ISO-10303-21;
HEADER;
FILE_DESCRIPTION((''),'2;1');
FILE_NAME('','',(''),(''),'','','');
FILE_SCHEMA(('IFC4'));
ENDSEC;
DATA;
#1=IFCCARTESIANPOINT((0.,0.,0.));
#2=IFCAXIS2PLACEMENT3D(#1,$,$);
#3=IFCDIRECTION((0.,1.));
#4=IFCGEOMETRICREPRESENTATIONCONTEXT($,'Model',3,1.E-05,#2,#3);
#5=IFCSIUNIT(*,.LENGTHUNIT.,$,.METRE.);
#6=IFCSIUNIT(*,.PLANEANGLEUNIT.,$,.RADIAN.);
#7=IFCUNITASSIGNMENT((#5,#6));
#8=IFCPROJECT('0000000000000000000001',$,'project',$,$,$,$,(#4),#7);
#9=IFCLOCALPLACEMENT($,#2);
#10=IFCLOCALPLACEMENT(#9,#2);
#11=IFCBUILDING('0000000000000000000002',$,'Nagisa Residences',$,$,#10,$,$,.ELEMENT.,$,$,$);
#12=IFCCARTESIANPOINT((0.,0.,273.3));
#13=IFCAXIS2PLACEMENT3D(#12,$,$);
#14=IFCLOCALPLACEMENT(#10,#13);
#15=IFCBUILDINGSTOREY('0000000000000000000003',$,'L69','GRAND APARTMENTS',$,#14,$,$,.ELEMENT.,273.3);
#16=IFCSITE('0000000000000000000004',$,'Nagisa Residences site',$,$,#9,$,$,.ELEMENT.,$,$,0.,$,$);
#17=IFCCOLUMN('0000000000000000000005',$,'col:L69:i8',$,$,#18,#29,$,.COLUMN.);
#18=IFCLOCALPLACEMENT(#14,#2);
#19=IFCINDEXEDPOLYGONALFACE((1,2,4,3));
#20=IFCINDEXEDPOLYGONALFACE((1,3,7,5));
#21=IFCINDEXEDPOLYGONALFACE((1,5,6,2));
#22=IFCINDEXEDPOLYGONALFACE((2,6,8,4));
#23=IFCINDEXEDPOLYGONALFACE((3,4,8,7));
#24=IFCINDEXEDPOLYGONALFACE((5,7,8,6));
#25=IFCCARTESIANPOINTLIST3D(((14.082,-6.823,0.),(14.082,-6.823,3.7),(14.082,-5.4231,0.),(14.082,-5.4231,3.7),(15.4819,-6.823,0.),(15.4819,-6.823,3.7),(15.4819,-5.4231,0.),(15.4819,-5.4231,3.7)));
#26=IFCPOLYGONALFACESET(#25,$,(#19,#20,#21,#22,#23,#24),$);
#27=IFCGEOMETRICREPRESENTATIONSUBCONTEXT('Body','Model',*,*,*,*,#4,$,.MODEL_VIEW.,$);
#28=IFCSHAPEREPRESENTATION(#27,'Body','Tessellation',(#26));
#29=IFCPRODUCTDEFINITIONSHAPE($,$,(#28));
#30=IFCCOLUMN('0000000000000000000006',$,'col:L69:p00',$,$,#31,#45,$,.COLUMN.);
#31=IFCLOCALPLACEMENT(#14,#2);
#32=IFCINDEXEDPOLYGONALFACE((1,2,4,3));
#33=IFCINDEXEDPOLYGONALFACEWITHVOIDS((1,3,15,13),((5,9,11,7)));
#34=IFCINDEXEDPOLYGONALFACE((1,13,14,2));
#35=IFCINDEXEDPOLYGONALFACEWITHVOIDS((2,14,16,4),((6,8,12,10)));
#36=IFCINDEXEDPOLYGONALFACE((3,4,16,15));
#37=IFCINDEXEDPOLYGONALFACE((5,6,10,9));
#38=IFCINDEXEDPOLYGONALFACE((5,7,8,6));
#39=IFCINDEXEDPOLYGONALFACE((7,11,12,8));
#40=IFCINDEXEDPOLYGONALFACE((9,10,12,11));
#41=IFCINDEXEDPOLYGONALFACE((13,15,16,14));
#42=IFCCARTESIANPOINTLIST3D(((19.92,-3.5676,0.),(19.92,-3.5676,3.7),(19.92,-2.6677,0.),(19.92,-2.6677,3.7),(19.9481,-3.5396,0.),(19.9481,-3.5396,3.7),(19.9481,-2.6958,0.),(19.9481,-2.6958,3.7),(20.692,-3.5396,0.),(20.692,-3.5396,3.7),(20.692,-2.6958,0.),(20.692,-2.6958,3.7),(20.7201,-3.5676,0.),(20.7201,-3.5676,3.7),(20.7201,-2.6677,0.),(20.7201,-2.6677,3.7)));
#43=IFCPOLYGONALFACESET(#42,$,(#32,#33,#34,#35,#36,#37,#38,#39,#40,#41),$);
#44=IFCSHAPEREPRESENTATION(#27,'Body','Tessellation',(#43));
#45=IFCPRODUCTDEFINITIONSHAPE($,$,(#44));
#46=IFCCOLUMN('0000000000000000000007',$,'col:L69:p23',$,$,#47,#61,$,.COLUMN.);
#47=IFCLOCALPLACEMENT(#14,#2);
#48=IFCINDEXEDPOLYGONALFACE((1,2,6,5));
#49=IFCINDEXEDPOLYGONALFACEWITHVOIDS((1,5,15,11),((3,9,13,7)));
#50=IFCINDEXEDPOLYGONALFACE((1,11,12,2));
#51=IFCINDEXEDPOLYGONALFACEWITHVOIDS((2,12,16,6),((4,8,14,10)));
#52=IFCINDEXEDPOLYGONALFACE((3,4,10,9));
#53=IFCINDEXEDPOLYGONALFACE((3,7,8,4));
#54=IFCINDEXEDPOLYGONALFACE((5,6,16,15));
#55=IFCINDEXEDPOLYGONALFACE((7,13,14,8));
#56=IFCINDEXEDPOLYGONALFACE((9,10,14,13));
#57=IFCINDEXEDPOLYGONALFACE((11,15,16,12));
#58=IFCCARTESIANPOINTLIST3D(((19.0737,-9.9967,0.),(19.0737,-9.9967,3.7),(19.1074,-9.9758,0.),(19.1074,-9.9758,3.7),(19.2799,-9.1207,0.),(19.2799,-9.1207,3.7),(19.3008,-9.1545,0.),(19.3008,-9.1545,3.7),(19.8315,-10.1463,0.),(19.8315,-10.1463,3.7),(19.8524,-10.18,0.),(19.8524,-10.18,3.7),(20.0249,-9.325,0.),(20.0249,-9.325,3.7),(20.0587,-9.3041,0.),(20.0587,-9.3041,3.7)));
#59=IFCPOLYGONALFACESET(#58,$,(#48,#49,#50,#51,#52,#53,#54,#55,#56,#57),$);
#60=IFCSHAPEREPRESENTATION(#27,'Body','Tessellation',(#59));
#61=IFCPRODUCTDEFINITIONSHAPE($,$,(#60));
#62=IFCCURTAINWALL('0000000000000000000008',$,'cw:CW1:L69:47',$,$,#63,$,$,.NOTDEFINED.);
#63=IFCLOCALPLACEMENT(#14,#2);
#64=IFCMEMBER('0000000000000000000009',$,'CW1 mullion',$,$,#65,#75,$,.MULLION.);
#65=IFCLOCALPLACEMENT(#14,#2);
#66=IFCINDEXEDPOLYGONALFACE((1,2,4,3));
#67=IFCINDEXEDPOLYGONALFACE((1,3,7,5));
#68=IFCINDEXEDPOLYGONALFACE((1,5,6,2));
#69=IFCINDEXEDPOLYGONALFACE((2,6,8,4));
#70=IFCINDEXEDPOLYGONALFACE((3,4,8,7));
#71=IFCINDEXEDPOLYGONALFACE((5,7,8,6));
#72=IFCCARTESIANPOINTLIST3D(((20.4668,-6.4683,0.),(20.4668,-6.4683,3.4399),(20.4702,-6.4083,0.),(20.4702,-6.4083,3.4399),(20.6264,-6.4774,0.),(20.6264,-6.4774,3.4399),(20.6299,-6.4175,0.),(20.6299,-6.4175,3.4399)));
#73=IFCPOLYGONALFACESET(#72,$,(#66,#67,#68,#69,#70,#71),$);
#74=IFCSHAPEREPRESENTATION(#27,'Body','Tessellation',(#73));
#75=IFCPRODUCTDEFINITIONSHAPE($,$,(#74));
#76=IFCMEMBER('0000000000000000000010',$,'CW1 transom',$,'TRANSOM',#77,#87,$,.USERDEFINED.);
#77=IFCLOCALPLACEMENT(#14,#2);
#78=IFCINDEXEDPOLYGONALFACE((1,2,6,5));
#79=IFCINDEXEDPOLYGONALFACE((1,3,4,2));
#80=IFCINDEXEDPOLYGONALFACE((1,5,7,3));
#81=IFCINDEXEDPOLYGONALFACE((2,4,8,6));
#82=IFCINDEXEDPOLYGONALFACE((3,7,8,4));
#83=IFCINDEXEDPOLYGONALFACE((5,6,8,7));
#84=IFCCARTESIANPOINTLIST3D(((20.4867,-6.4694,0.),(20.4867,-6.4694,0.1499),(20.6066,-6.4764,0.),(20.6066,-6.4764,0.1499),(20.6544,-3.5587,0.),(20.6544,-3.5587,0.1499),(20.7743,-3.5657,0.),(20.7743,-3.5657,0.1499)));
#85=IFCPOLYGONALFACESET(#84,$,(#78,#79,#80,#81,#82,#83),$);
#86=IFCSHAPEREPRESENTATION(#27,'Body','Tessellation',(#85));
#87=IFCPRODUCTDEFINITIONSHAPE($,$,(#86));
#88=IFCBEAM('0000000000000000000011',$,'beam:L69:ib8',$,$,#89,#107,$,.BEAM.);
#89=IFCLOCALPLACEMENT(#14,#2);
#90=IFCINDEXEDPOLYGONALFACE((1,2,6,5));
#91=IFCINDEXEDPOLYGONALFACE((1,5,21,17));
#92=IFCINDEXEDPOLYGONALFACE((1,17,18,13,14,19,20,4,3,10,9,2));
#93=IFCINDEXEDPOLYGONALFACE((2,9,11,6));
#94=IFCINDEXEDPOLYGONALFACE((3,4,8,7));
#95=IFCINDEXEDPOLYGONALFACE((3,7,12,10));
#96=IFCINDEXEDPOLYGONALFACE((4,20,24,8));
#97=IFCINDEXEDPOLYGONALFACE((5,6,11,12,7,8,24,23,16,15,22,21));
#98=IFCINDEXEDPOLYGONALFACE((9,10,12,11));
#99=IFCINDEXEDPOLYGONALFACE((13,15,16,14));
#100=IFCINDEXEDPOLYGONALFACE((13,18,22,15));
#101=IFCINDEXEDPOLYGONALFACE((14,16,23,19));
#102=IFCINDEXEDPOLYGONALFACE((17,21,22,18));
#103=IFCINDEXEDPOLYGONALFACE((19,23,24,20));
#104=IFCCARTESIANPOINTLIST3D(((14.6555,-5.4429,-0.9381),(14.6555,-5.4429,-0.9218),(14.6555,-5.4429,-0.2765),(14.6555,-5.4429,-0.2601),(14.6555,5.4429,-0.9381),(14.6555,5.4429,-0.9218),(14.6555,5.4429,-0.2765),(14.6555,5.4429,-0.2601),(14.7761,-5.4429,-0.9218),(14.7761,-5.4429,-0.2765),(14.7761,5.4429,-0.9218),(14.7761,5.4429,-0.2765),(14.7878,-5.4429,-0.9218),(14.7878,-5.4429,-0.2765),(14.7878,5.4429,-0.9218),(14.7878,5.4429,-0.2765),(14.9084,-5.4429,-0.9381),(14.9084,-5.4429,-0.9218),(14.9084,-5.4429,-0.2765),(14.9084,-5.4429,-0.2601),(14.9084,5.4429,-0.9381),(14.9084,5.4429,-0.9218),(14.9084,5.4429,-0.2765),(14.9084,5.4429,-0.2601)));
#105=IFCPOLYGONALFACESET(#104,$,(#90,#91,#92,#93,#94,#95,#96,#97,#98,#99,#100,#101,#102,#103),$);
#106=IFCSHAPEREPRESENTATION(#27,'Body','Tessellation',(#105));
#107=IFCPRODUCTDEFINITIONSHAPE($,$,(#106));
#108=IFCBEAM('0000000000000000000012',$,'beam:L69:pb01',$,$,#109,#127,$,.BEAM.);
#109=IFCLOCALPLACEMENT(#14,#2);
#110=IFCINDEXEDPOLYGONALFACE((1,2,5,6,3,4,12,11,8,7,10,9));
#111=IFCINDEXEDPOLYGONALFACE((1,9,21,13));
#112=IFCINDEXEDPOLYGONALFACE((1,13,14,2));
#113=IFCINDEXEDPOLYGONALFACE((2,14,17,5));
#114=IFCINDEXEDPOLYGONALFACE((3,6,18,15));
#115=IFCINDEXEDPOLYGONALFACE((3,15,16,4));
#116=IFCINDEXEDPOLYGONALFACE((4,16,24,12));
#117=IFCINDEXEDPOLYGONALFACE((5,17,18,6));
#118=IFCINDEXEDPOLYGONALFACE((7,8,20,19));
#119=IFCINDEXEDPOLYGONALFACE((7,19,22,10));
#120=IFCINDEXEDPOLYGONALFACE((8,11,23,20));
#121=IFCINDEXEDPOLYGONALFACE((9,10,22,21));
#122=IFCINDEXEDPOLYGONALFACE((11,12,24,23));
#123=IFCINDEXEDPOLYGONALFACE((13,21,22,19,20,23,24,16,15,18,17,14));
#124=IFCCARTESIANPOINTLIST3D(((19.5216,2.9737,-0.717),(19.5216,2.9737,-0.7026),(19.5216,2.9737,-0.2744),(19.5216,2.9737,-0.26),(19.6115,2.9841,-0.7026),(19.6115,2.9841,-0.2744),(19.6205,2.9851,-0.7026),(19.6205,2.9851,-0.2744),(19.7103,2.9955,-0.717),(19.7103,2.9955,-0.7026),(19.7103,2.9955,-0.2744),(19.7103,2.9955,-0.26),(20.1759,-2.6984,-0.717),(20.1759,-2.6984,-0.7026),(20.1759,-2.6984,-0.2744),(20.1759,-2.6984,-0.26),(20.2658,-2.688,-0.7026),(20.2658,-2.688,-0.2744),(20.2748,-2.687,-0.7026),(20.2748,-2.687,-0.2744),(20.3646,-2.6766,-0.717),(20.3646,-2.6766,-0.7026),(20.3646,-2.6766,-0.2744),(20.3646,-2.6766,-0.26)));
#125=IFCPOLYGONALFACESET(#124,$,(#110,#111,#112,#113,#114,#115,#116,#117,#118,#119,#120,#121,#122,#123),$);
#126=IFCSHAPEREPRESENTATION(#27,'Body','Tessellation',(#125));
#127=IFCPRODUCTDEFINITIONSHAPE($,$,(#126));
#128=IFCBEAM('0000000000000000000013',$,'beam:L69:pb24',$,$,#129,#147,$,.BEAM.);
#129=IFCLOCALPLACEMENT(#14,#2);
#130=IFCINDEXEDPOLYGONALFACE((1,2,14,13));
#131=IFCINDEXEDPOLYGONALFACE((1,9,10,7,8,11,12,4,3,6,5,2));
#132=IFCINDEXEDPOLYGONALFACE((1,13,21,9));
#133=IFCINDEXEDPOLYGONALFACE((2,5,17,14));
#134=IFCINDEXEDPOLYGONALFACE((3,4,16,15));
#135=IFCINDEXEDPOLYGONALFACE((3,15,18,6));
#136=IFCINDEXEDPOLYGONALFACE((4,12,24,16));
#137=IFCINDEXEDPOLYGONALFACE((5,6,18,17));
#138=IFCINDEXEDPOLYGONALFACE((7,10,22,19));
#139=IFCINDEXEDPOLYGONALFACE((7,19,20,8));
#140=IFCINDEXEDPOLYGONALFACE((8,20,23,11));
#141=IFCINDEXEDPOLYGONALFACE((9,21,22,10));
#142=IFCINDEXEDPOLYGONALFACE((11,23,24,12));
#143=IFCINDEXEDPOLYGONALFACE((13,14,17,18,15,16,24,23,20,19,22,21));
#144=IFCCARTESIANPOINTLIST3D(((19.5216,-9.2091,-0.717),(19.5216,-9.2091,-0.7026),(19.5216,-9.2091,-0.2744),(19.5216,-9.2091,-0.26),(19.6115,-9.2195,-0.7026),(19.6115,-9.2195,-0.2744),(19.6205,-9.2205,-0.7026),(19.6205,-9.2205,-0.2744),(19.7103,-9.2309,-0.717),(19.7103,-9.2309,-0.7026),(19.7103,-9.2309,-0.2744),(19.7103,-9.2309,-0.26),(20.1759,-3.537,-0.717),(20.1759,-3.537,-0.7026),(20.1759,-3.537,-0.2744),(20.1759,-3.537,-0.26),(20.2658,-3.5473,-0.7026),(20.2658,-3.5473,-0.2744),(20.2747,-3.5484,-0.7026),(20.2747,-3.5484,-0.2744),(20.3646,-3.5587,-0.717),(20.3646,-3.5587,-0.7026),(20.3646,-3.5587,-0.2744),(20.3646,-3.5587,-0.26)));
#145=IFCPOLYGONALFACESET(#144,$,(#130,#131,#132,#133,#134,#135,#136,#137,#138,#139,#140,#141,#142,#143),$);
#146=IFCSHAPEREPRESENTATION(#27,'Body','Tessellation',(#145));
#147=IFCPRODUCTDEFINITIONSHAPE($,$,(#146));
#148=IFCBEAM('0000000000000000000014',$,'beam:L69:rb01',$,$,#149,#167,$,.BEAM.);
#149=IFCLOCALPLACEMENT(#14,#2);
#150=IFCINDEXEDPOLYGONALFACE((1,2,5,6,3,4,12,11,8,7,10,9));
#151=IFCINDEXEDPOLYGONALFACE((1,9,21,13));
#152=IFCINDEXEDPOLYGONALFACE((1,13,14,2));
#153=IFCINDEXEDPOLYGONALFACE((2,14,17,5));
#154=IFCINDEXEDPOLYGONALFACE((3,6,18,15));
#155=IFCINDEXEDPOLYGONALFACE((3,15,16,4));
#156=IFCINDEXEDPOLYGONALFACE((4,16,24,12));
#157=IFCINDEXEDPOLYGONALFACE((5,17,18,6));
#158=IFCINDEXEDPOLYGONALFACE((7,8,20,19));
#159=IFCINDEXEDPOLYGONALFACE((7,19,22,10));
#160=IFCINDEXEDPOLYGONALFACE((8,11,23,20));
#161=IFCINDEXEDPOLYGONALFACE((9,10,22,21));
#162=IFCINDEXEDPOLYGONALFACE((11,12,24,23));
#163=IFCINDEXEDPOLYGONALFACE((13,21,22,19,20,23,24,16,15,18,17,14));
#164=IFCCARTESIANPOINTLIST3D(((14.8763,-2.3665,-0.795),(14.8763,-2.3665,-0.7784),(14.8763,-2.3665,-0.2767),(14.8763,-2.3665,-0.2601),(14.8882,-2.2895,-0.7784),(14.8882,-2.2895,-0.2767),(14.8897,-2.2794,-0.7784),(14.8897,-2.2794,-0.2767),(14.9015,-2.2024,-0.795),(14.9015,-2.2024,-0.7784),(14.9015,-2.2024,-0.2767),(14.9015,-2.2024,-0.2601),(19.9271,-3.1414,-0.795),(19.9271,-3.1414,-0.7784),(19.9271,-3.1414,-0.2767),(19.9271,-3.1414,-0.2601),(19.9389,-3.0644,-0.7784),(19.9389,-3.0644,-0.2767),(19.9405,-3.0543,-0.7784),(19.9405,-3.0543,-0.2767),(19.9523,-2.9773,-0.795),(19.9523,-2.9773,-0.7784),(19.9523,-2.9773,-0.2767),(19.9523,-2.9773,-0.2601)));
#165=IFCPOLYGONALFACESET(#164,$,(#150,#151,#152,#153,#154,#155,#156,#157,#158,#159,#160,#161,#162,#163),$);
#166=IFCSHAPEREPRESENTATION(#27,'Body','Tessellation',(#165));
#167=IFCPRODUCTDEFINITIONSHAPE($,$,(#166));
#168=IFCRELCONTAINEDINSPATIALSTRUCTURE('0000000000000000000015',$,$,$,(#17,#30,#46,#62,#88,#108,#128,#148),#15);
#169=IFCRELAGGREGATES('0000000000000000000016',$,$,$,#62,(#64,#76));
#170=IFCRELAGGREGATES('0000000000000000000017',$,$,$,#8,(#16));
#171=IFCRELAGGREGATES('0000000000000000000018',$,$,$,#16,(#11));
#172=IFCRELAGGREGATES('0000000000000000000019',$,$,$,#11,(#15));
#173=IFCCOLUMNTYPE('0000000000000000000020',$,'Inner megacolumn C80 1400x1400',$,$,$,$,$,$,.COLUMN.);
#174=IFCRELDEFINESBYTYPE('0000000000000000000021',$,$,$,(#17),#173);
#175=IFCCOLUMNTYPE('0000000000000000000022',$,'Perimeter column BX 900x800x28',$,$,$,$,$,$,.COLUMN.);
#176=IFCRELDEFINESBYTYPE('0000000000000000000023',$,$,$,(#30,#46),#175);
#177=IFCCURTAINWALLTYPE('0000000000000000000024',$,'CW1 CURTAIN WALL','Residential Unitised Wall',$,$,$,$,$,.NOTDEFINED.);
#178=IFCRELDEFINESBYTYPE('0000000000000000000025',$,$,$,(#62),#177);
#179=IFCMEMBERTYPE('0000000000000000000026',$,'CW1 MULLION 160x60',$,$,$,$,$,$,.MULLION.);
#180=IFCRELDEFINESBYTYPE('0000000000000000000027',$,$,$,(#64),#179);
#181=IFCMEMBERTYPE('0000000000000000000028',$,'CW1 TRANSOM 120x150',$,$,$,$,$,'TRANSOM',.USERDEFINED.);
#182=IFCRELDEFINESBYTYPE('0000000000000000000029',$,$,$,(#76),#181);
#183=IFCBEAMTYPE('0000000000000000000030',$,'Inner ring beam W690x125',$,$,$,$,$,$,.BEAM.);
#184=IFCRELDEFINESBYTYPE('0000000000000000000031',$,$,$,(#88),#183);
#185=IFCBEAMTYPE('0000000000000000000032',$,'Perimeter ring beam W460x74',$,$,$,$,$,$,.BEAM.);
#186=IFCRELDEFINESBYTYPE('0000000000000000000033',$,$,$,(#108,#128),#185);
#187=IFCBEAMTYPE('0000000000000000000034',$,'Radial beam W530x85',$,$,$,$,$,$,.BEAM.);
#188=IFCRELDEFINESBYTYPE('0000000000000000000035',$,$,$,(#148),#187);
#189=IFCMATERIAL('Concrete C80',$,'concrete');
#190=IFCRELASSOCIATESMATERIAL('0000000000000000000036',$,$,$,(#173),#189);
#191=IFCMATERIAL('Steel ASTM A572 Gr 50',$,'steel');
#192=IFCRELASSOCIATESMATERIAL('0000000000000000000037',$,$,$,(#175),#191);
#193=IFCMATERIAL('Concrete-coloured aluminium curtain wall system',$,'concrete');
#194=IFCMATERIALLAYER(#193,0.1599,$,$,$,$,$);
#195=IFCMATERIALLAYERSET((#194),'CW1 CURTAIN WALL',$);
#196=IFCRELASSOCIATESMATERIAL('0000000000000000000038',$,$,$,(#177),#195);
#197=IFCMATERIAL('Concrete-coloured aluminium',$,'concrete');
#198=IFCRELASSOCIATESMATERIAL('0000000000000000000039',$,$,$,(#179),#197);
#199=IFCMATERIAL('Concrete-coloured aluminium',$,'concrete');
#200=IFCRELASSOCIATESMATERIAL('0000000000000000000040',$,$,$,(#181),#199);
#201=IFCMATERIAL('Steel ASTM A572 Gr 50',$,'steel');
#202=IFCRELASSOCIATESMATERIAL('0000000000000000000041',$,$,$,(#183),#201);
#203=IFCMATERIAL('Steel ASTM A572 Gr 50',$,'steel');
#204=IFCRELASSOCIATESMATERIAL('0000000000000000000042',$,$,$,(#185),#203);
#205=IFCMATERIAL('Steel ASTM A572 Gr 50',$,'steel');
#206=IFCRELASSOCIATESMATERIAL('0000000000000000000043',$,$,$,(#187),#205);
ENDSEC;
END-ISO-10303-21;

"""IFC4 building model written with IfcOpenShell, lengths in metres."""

from ifc_helpers import new_model, si_unit, direction, frame, origin, origin_2d, place, context, subcontext, project, spatial, rectangle, hollow_rectangle, i_section, extrude, material, layer, layer_set, material_profile, profile_set, type_object, element, aggregate, save


model = new_model("IFC4")

# Units and contexts
model_context = context("Model", 3, precision=1e-05, world=origin(), true_north=direction((0.0, 1.0)))
body_context = subcontext(model_context, "Body", "Model", "MODEL_VIEW")
ifc_project = project(units=[si_unit("LENGTHUNIT", "METRE"), si_unit("PLANEANGLEUNIT", "RADIAN")], contexts=[model_context])

# Site, building, storey
site_placement = place(None, origin())
site = spatial("IfcSite", under=ifc_project, at=site_placement, Name="Nagisa Residences site", CompositionType="ELEMENT", RefElevation=0.0)
building_placement = place(site_placement, origin())
building = spatial("IfcBuilding", under=site, at=building_placement, Name="Nagisa Residences", CompositionType="ELEMENT")
storey_placement = place(building_placement, frame((0.0, 0.0, 273.3)))
storey = spatial("IfcBuildingStorey", under=building, at=storey_placement, Name="L69", Description="GRAND APARTMENTS", CompositionType="ELEMENT", Elevation=273.3)

# Columns
ifc_material_1 = material(Name="Concrete C80", Category="concrete")
ifc_material_profile_1 = material_profile(ifc_material_1, rectangle(XDim=1.3999, YDim=1.3999, at=origin_2d()), Name="C80 1400x1400")
ifc_profile_set_1 = profile_set([ifc_material_profile_1], Name="Concrete C80")
column_type_1 = type_object("IfcColumnType", Name="Inner megacolumn C80 1400x1400", PredefinedType="COLUMN", material=ifc_profile_set_1)
column_placement = place(storey_placement, frame((14.782, -6.123, 0.0), z_axis=(0.0, 0.0, 1.0), x_axis=(1.0, 0.0, 0.0)))
element("IfcColumn", 1, at=column_placement, inside=storey, type_object=column_type_1, Name="col:L69:i8", PredefinedType="COLUMN", context=body_context, shape_type="SweptSolid", body=[
    extrude(rectangle(XDim=1.3999, YDim=1.3999, at=origin_2d()), origin(), (0.0, 0.0, 1.0), 3.7),
])
ifc_material_2 = material(Name="Steel ASTM A572 Gr 50", Category="steel")
ifc_material_profile_2 = material_profile(ifc_material_2, hollow_rectangle(XDim=0.8999, YDim=0.8, WallThickness=0.0281, at=origin_2d()), Name="BX 900x800x28")
ifc_profile_set_2 = profile_set([ifc_material_profile_2], Name="Steel ASTM A572 Gr 50")
column_type_2 = type_object("IfcColumnType", Name="Perimeter column BX 900x800x28", PredefinedType="COLUMN", material=ifc_profile_set_2)
for number, where, z_axis, x_axis, name in (
    (2, (20.3201, -3.1177, 0.0), (0.0, 0.0, 1.0), (0.0, 1.0, 0.0), "col:L69:p00"),
    (3, (19.5662, -9.6504, 0.0), (0.0, 0.0, 1.0), (0.229202, 0.973379, 0.0), "col:L69:p23"),
):
    element("IfcColumn", number, at=place(storey_placement, frame(where, z_axis=z_axis, x_axis=x_axis)), inside=storey, type_object=column_type_2, Name=name, PredefinedType="COLUMN", context=body_context, shape_type="SweptSolid", body=[
        extrude(hollow_rectangle(XDim=0.8999, YDim=0.8, WallThickness=0.0281, at=origin_2d()), origin(), (0.0, 0.0, 1.0), 3.7),
    ])

# Curtain wall, members
ifc_material_3 = material(Name="Concrete-coloured aluminium curtain wall system", Category="concrete")
ifc_layer_1 = layer(ifc_material_3, 0.1599)
ifc_layer_set_1 = layer_set([ifc_layer_1], Name="CW1 CURTAIN WALL")
curtain_wall_type = type_object("IfcCurtainWallType", Name="CW1 CURTAIN WALL", Description="Residential Unitised Wall", PredefinedType="NOTDEFINED", material=ifc_layer_set_1)
curtain_wall_1_placement = place(storey_placement, origin())
curtain_wall_1 = element("IfcCurtainWall", 4, at=curtain_wall_1_placement, inside=storey, type_object=curtain_wall_type, Name="cw:CW1:L69:47", PredefinedType="NOTDEFINED")
ifc_material_4 = material(Name="Concrete-coloured aluminium", Category="concrete")
ifc_material_profile_3 = material_profile(ifc_material_4, rectangle(XDim=0.1599, YDim=0.0601, at=origin_2d()), Name="CW1 MULLION 160x60")
ifc_profile_set_3 = profile_set([ifc_material_profile_3], Name="Concrete-coloured aluminium")
member_type_1 = type_object("IfcMemberType", Name="CW1 MULLION 160x60", PredefinedType="MULLION", material=ifc_profile_set_3)
member_1_placement = place(storey_placement, frame((20.5483, -6.4429, 0.0), z_axis=(0.0, 0.0, 1.0), x_axis=(-0.998345, 0.057503, 0.0)))
member_1 = element("IfcMember", 5, at=member_1_placement, type_object=member_type_1, Name="CW1 mullion", PredefinedType="MULLION", context=body_context, shape_type="SweptSolid", body=[
    extrude(rectangle(XDim=0.1599, YDim=0.0601, at=origin_2d()), origin(), (0.0, 0.0, 1.0), 3.4399),
])
ifc_material_5 = material(Name="Concrete-coloured aluminium", Category="concrete")
ifc_material_profile_4 = material_profile(ifc_material_5, rectangle(XDim=0.1201, YDim=0.1499, at=origin_2d()), Name="CW1 TRANSOM 120x150")
ifc_profile_set_4 = profile_set([ifc_material_profile_4], Name="Concrete-coloured aluminium")
member_type_2 = type_object("IfcMemberType", Name="CW1 TRANSOM 120x150", ElementType="TRANSOM", PredefinedType="USERDEFINED", material=ifc_profile_set_4)
member_2_placement = place(storey_placement, frame((20.5466, -6.4729, 0.075), z_axis=(0.057529, 0.998344, 0.0), x_axis=(-0.998344, 0.057529, 0.0)))
member_2 = element("IfcMember", 6, at=member_2_placement, type_object=member_type_2, Name="CW1 transom", ObjectType="TRANSOM", PredefinedType="USERDEFINED", context=body_context, shape_type="SweptSolid", body=[
    extrude(rectangle(XDim=0.1201, YDim=0.1499, at=origin_2d()), origin(), (0.0, 0.0, 1.0), 2.9155),
])

# Beams
ifc_material_6 = material(Name="Steel ASTM A572 Gr 50", Category="steel")
ifc_material_profile_5 = material_profile(ifc_material_6, i_section(OverallWidth=0.2529, OverallDepth=0.678, WebThickness=0.0117, FlangeThickness=0.0164, at=origin_2d()), Name="W690x125")
ifc_profile_set_5 = profile_set([ifc_material_profile_5], Name="Steel ASTM A572 Gr 50")
beam_type_1 = type_object("IfcBeamType", Name="Inner ring beam W690x125", PredefinedType="BEAM", material=ifc_profile_set_5)
beam_1_placement = place(storey_placement, frame((14.782, -5.4429, -0.5991), z_axis=(0.0, 1.0, 0.0), x_axis=(-1.0, 0.0, 0.0)))
element("IfcBeam", 7, at=beam_1_placement, inside=storey, type_object=beam_type_1, Name="beam:L69:ib8", PredefinedType="BEAM", context=body_context, shape_type="SweptSolid", body=[
    extrude(i_section(OverallWidth=0.2529, OverallDepth=0.678, WebThickness=0.0117, FlangeThickness=0.0164, at=origin_2d()), origin(), (0.0, 0.0, 1.0), 10.8857),
])
ifc_material_7 = material(Name="Steel ASTM A572 Gr 50", Category="steel")
ifc_material_profile_6 = material_profile(ifc_material_7, i_section(OverallWidth=0.1899, OverallDepth=0.457, WebThickness=0.009, FlangeThickness=0.0144, at=origin_2d()), Name="W460x74")
ifc_profile_set_6 = profile_set([ifc_material_profile_6], Name="Steel ASTM A572 Gr 50")
beam_type_2 = type_object("IfcBeamType", Name="Perimeter ring beam W460x74", PredefinedType="BEAM", material=ifc_profile_set_6)
for number, where, z_axis, x_axis, name in (
    (8, (20.2703, -2.6875, -0.4885), (-0.114593, 0.993412, 0.0), (-0.993412, -0.114593, 0.0), "beam:L69:pb01"),
    (9, (19.616, -9.22, -0.4885), (0.114593, 0.993412, 0.0), (-0.993412, 0.114593, 0.0), "beam:L69:pb24"),
):
    element("IfcBeam", number, at=place(storey_placement, frame(where, z_axis=z_axis, x_axis=x_axis)), inside=storey, type_object=beam_type_2, Name=name, PredefinedType="BEAM", context=body_context, shape_type="SweptSolid", body=[
        extrude(i_section(OverallWidth=0.1899, OverallDepth=0.457, WebThickness=0.009, FlangeThickness=0.0144, at=origin_2d()), origin(), (0.0, 0.0, 1.0), 5.7097),
    ])
ifc_material_8 = material(Name="Steel ASTM A572 Gr 50", Category="steel")
ifc_material_profile_7 = material_profile(ifc_material_8, i_section(OverallWidth=0.166, OverallDepth=0.5349, WebThickness=0.0103, FlangeThickness=0.0166, at=origin_2d()), Name="W530x85")
ifc_profile_set_7 = profile_set([ifc_material_profile_7], Name="Steel ASTM A572 Gr 50")
beam_type_3 = type_object("IfcBeamType", Name="Radial beam W530x85", PredefinedType="BEAM", material=ifc_profile_set_7)
beam_2_placement = place(storey_placement, frame((19.9397, -3.0593, -0.5276), z_axis=(-0.988435, 0.151648, 0.0), x_axis=(-0.151648, -0.988435, 0.0)))
element("IfcBeam", 10, at=beam_2_placement, inside=storey, type_object=beam_type_3, Name="beam:L69:rb01", PredefinedType="BEAM", context=body_context, shape_type="SweptSolid", body=[
    extrude(i_section(OverallWidth=0.166, OverallDepth=0.5349, WebThickness=0.0103, FlangeThickness=0.0166, at=origin_2d()), origin(), (0.0, 0.0, 1.0), 5.1099),
])

aggregate(curtain_wall_1, [member_1, member_2])

save(model, "model.ifc")
